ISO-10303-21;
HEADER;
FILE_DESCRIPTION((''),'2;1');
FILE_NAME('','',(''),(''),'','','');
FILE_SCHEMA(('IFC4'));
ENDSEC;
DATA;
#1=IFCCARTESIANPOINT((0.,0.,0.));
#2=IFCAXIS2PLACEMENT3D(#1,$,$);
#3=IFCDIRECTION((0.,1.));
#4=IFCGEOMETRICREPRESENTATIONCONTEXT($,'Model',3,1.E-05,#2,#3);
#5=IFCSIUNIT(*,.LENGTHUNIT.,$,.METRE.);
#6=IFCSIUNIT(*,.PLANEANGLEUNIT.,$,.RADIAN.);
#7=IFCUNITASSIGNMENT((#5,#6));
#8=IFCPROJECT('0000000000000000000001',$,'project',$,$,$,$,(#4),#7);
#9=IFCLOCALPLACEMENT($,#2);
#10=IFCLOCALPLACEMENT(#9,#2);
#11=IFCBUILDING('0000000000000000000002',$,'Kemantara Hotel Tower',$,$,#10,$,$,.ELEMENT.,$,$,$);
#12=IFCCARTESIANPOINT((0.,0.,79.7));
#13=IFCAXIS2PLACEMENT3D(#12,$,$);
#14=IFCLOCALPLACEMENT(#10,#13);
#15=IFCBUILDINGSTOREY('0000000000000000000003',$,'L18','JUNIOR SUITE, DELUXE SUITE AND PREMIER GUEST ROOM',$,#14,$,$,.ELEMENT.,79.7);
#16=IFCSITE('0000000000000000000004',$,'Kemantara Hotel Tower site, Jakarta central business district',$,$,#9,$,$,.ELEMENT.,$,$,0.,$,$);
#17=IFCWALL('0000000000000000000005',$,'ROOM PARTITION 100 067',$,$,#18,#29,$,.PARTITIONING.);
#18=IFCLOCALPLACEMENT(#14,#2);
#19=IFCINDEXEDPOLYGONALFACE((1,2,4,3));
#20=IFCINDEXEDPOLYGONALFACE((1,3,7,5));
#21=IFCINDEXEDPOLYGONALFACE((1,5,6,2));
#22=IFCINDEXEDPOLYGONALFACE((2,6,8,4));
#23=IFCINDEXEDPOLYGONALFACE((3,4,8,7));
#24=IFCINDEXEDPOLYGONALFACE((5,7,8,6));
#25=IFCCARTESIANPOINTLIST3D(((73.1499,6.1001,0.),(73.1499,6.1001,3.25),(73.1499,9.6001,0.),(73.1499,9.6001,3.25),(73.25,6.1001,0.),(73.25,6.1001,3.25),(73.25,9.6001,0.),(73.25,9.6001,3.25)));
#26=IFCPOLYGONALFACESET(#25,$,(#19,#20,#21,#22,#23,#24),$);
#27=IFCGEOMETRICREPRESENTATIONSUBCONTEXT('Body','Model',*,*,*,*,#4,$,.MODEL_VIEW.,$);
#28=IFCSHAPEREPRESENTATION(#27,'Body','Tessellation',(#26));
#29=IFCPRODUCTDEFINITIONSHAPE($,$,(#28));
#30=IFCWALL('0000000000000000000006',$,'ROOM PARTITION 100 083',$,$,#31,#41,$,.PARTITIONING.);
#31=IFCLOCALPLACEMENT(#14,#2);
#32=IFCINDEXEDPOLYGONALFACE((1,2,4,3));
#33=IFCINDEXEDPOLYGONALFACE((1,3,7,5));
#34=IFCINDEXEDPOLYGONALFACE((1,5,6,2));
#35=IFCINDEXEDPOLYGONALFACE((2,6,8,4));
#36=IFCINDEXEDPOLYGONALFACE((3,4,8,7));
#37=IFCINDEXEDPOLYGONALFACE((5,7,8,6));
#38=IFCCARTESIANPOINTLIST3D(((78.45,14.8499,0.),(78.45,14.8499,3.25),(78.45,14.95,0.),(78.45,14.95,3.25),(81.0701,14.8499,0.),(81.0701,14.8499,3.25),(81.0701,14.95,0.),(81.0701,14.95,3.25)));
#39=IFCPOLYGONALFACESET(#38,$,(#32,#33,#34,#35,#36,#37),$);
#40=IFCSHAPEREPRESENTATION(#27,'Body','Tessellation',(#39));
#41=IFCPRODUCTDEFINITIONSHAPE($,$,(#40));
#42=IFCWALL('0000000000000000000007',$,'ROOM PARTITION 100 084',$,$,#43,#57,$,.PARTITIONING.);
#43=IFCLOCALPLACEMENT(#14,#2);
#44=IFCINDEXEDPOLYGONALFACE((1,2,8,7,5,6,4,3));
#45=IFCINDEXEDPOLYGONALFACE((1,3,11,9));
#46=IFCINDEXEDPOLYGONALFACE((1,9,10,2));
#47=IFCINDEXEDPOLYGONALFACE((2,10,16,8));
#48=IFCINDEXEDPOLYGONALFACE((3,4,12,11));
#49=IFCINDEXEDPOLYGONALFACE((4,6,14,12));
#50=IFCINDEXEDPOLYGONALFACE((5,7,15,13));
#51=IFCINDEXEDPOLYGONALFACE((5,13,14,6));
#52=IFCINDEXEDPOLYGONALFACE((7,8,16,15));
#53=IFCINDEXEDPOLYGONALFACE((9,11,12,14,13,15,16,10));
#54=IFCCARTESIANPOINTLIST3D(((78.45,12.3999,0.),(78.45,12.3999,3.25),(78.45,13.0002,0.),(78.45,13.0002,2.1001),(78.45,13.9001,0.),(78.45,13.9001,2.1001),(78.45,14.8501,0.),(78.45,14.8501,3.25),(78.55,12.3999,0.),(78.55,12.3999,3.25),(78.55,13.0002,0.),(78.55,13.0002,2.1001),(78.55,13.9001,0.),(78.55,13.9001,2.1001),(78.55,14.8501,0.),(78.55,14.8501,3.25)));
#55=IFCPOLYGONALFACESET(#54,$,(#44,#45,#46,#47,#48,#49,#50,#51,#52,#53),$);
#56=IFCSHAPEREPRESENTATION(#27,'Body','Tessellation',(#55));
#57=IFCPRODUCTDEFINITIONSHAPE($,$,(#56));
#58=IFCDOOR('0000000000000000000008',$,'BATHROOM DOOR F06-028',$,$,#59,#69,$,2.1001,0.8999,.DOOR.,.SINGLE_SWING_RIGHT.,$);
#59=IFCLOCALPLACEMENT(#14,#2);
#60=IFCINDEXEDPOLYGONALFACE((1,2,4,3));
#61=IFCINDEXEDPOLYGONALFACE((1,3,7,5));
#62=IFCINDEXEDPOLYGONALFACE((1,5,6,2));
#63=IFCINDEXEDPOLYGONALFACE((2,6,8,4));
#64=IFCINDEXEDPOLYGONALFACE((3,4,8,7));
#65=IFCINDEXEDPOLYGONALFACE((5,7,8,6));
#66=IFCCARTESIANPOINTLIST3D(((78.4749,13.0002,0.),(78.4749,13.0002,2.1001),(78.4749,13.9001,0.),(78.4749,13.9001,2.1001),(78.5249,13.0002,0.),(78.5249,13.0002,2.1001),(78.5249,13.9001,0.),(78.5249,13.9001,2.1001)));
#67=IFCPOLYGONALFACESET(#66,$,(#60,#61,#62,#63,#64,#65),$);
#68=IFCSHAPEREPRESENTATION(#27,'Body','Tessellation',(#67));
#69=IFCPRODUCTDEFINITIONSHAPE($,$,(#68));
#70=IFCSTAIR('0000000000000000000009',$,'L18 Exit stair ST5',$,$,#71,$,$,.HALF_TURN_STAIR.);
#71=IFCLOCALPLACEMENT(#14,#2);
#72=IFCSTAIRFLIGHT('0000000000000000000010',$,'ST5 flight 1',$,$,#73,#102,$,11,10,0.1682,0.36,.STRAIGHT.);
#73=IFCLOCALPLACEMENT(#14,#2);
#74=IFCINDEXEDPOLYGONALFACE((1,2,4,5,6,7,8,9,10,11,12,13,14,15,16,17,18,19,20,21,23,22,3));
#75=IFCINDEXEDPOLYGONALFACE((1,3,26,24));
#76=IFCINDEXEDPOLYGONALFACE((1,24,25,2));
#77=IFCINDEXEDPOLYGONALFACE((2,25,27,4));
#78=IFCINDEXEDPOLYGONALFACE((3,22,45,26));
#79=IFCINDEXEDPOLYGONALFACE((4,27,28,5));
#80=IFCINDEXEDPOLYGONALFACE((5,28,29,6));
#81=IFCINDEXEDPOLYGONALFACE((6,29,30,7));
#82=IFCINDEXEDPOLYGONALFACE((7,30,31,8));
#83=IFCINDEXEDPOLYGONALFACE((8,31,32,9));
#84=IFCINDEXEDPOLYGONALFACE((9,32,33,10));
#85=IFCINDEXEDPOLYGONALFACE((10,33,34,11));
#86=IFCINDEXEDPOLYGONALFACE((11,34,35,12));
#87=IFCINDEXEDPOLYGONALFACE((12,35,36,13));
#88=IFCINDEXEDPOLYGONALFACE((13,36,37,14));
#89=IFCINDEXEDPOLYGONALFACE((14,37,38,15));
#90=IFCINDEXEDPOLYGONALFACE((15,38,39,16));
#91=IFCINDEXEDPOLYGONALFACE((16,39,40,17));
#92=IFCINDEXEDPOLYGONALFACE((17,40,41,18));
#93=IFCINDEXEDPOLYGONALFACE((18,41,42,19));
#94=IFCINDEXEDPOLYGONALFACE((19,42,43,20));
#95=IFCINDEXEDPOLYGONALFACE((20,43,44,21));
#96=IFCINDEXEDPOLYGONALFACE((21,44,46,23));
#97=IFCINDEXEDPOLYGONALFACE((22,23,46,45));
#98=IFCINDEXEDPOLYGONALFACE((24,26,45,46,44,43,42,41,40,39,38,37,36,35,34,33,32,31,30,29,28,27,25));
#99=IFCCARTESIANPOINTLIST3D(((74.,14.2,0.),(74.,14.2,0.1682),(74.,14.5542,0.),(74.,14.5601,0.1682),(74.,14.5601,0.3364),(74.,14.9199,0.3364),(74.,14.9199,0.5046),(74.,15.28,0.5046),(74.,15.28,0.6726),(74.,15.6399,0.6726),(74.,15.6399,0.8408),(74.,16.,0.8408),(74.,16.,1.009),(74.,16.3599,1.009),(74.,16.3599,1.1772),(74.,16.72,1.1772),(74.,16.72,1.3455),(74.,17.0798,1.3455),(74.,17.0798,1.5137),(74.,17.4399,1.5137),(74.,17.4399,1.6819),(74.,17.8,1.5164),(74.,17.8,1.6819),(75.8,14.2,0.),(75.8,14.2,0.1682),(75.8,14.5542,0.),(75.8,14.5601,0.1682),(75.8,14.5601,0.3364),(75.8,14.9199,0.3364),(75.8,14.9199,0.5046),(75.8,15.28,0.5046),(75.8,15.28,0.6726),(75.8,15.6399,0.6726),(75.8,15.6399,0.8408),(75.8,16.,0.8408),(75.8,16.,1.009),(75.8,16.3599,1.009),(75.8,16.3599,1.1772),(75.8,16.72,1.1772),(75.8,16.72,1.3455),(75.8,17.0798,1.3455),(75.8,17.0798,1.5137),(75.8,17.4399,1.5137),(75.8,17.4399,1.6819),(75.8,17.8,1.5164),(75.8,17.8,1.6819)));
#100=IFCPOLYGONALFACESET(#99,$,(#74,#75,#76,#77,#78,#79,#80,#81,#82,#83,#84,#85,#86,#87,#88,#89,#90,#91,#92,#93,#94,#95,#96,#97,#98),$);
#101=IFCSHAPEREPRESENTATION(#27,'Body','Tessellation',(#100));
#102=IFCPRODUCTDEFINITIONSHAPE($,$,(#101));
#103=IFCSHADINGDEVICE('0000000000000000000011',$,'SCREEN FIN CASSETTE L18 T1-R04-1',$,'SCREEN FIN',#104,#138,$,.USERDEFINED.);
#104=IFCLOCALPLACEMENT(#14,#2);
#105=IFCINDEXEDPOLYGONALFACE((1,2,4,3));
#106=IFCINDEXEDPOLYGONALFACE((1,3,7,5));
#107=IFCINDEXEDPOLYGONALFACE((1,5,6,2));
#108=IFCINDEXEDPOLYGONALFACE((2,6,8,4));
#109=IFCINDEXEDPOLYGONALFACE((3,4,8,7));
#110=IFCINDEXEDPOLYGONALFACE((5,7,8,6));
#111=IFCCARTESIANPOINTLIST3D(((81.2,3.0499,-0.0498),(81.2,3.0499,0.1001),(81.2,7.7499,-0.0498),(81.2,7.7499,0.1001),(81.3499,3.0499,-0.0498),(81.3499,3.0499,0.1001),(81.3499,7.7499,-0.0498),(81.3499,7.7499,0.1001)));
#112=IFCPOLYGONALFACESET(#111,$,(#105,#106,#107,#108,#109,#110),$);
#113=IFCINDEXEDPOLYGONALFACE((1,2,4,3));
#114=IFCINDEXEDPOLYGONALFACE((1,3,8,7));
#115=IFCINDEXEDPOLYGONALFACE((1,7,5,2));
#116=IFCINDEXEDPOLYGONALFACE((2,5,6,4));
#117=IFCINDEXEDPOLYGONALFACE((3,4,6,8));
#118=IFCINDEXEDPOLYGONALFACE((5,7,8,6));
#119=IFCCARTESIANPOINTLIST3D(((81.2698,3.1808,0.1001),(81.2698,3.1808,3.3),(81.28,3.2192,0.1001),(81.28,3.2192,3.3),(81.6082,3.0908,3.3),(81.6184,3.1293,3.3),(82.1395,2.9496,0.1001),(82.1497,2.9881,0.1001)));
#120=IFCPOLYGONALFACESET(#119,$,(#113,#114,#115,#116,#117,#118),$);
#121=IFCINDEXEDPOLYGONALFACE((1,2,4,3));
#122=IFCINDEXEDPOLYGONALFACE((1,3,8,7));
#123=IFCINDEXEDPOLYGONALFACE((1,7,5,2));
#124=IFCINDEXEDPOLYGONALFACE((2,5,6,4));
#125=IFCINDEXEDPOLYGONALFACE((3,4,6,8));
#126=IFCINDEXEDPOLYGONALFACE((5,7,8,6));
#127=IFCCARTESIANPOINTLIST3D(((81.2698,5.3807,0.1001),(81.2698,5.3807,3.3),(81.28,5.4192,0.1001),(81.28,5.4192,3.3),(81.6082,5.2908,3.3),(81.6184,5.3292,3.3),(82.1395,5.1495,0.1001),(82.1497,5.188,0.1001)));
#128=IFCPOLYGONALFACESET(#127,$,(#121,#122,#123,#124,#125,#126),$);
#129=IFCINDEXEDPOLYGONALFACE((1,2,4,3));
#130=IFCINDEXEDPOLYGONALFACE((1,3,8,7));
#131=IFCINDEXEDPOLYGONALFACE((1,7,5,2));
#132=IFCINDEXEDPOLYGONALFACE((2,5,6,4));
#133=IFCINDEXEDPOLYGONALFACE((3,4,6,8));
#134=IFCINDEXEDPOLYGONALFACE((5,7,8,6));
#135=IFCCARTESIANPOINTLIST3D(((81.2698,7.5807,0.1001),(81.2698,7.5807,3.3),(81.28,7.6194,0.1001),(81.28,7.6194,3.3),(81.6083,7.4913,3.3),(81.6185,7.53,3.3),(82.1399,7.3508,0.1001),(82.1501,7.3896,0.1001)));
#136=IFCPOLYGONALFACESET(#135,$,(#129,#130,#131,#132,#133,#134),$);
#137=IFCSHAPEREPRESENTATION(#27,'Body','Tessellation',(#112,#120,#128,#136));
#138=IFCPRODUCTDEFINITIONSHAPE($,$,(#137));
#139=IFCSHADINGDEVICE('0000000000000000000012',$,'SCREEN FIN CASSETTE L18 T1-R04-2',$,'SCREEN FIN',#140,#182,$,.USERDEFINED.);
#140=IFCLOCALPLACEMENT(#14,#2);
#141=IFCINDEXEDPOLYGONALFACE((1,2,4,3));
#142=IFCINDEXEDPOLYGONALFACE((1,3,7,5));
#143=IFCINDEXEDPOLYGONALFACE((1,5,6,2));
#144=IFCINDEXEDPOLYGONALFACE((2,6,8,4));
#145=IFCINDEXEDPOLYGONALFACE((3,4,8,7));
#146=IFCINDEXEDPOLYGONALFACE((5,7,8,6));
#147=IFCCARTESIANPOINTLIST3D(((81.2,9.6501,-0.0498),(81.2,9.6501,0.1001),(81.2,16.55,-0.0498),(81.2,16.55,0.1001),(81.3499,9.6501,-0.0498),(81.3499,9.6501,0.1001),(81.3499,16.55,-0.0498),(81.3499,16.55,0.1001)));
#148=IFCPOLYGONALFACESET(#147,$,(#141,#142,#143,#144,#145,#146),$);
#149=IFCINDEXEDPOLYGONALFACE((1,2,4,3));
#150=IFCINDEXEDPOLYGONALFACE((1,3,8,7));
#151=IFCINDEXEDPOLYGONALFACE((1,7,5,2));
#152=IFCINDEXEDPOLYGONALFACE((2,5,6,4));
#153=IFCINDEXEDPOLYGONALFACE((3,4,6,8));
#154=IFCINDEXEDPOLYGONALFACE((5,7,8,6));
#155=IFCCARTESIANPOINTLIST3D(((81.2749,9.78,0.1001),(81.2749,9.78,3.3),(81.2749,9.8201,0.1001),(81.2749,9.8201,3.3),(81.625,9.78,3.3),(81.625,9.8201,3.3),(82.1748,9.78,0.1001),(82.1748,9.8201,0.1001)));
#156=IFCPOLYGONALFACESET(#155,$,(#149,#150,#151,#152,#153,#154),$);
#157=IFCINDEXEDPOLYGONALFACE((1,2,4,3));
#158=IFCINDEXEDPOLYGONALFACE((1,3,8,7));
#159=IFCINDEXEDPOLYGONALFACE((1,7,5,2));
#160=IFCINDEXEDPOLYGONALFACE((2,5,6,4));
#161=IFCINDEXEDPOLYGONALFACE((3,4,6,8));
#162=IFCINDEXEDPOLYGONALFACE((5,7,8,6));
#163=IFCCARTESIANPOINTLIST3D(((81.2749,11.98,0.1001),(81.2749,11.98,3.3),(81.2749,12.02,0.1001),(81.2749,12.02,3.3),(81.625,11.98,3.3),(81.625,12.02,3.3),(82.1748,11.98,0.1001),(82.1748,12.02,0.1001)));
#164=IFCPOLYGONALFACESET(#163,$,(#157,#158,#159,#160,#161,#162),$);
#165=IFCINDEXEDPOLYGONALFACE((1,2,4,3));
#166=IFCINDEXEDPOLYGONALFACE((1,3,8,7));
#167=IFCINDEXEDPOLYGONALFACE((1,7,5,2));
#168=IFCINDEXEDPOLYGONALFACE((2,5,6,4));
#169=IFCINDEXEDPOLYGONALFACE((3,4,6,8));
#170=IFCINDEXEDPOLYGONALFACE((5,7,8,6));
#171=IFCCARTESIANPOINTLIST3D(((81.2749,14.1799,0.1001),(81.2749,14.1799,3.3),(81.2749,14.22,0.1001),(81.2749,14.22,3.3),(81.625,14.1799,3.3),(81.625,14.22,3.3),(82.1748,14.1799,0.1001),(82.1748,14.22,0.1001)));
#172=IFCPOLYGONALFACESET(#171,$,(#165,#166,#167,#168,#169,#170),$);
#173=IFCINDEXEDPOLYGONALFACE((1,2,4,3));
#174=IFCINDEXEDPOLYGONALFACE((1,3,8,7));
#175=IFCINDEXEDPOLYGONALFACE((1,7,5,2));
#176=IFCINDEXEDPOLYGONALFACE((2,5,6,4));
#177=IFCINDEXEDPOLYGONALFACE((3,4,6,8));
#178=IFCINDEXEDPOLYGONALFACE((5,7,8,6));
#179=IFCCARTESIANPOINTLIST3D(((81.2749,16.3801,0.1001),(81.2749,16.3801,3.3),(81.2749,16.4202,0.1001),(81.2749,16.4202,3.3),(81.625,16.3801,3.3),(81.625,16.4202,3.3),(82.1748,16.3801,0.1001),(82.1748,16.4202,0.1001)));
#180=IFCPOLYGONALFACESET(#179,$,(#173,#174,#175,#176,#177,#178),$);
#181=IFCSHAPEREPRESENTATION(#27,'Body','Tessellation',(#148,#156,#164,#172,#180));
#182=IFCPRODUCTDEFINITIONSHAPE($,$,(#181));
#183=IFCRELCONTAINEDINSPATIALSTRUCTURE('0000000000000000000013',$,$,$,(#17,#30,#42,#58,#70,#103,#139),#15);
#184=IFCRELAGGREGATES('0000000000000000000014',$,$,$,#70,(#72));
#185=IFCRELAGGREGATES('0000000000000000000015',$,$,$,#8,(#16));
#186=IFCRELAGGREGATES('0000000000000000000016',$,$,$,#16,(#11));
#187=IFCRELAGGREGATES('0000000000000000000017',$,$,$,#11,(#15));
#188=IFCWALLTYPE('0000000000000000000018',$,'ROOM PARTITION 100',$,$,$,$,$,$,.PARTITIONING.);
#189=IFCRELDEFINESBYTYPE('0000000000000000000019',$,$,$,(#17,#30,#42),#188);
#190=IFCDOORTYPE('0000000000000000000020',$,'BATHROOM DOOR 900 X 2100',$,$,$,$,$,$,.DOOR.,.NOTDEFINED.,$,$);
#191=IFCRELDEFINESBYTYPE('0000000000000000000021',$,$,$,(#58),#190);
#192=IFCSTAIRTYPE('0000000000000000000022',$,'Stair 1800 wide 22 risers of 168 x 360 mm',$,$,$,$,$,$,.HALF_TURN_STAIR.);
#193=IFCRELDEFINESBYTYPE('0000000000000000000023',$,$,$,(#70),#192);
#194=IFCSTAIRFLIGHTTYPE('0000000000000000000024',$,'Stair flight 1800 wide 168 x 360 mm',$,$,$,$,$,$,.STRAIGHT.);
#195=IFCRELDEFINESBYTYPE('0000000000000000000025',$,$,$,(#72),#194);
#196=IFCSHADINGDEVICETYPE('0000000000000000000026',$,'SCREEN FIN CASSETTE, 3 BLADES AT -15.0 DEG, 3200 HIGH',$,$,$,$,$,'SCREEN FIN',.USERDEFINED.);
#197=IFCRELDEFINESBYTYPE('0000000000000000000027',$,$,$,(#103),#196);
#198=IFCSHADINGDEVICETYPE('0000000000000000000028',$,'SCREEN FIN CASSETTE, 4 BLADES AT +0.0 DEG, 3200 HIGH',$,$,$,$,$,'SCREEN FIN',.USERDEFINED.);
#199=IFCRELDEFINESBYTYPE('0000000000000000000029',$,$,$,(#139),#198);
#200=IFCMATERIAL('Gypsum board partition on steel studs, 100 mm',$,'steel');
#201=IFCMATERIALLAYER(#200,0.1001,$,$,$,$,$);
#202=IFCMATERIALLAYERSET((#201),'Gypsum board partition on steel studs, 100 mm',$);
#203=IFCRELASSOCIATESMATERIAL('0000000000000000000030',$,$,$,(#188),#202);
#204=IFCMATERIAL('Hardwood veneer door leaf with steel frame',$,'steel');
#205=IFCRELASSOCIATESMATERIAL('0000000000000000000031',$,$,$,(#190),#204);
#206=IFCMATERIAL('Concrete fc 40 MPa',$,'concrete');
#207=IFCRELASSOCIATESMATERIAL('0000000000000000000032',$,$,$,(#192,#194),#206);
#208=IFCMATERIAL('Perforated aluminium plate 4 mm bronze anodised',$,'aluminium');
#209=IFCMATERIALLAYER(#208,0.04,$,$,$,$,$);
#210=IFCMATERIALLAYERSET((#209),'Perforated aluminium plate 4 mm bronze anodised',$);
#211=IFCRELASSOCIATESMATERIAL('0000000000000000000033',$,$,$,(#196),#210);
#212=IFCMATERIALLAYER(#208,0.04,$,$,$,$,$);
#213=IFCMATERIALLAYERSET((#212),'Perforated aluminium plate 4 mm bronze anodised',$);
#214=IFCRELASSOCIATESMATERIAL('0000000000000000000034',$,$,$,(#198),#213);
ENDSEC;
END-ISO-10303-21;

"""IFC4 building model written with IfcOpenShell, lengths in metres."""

from ifc_helpers import new_model, si_unit, direction, frame, frame_2d, origin, origin_2d, place, context, subcontext, project, spatial, polyline, rectangle, outline, extrude, source, transform, mapped, material, layer, layer_set, type_object, element, fill, aggregate, save


model = new_model("IFC4")

# Units and contexts
model_context = context("Model", 3, precision=1e-05, world=origin(), true_north=direction((0.0, 1.0)))
body_context = subcontext(model_context, "Body", "Model", "MODEL_VIEW")
ifc_project = project(units=[si_unit("LENGTHUNIT", "METRE"), si_unit("PLANEANGLEUNIT", "RADIAN")], contexts=[model_context])

# Site, building, storey
site_placement = place(None, origin())
site = spatial("IfcSite", under=ifc_project, at=site_placement, Name="Kemantara Hotel Tower site, Jakarta central business district", CompositionType="ELEMENT", RefElevation=0.0)
building_placement = place(site_placement, origin())
building = spatial("IfcBuilding", under=site, at=building_placement, Name="Kemantara Hotel Tower", CompositionType="ELEMENT")
storey_placement = place(building_placement, frame((0.0, 0.0, 79.7)))
storey = spatial("IfcBuildingStorey", under=building, at=storey_placement, Name="L18", Description="JUNIOR SUITE, DELUXE SUITE AND PREMIER GUEST ROOM", CompositionType="ELEMENT", Elevation=79.7)

# Shared definitions
ifc_material_1 = material(Name="Hardwood veneer door leaf with steel frame", Category="steel")
ifc_material_2 = material(Name="Concrete fc 40 MPa", Category="concrete")

# Shared definitions
ifc_material_3 = material(Name="Gypsum board partition on steel studs, 100 mm", Category="steel")
ifc_layer_1 = layer(ifc_material_3, 0.1001)
ifc_layer_set_1 = layer_set([ifc_layer_1], Name="Gypsum board partition on steel studs, 100 mm")
wall_type_1 = type_object("IfcWallType", Name="ROOM PARTITION 100", PredefinedType="PARTITIONING", material=ifc_layer_set_1)

# Walls
wall_1_placement = place(storey_placement, frame((73.2, 6.1001, 0.0), z_axis=(0.0, 0.0, 1.0), x_axis=(0.0, 1.0, 0.0)))
element("IfcWall", 1, at=wall_1_placement, inside=storey, type_object=wall_type_1, Name="ROOM PARTITION 100 067", PredefinedType="PARTITIONING", context=body_context, shape_type="SweptSolid", body=[
    extrude(rectangle(XDim=3.5, YDim=0.1001, at=frame_2d((1.75, 0.0))), origin(), (0.0, 0.0, 1.0), 3.25),
])
wall_2_placement = place(storey_placement, frame((78.45, 14.8999, 0.0), z_axis=(0.0, 0.0, 1.0), x_axis=(1.0, 0.0, 0.0)))
element("IfcWall", 2, at=wall_2_placement, inside=storey, type_object=wall_type_1, Name="ROOM PARTITION 100 083", PredefinedType="PARTITIONING", context=body_context, shape_type="SweptSolid", body=[
    extrude(rectangle(XDim=2.6201, YDim=0.1001, at=frame_2d((1.3101, 0.0))), origin(), (0.0, 0.0, 1.0), 3.25),
])

# Wall, opening, door
wall_3_placement = place(storey_placement, frame((78.5, 14.8501, 0.0), z_axis=(0.0, 0.0, 1.0), x_axis=(0.0, -1.0, 0.0)))
wall_3 = element("IfcWall", 3, at=wall_3_placement, inside=storey, type_object=wall_type_1, Name="ROOM PARTITION 100 084", PredefinedType="PARTITIONING", context=body_context, shape_type="SweptSolid", body=[
    extrude(rectangle(XDim=2.4502, YDim=0.1001, at=frame_2d((1.2251, 0.0))), origin(), (0.0, 0.0, 1.0), 3.25),
])
opening_1_placement = place(wall_3_placement, frame((0.95, 0.0, 0.0)))
opening_1 = element("IfcOpeningElement", 4, at=opening_1_placement, cuts=wall_3, PredefinedType="OPENING", context=body_context, shape_type="SweptSolid", body=[
    extrude(rectangle(XDim=0.8999, YDim=2.1001, at=frame_2d((0.45, 1.05))), frame((0.0, 0.0601, 0.0), z_axis=(0.0, -1.0, 0.0), x_axis=(1.0, 0.0, 0.0)), (0.0, 0.0, 1.0), 0.1201),
])
door_type_1 = type_object("IfcDoorType", Name="BATHROOM DOOR 900 X 2100", OperationType="NOTDEFINED", PredefinedType="DOOR", material=ifc_material_1)
door_1_placement = place(opening_1_placement, origin())
door_1 = element("IfcDoor", 5, at=door_1_placement, inside=storey, type_object=door_type_1, Name="BATHROOM DOOR F06-028", OperationType="SINGLE_SWING_RIGHT", OverallHeight=2.1001, OverallWidth=0.8999, PredefinedType="DOOR", context=body_context, shape_type="SweptSolid", body=[
    extrude(rectangle(XDim=0.8999, YDim=2.1001, at=frame_2d((0.45, 1.05))), frame((0.0, 0.0249, 0.0), z_axis=(0.0, -1.0, 0.0), x_axis=(1.0, 0.0, 0.0)), (0.0, 0.0, 1.0), 0.05),
])
fill(opening_1, door_1)

# Stair, stair flight
stair_type = type_object("IfcStairType", Name="Stair 1800 wide 22 risers of 168 x 360 mm", PredefinedType="HALF_TURN_STAIR", material=ifc_material_2)
stair_placement = place(storey_placement, origin())
stair = element("IfcStair", 6, at=stair_placement, inside=storey, type_object=stair_type, Name="L18 Exit stair ST5", PredefinedType="HALF_TURN_STAIR")
stair_flight_type = type_object("IfcStairFlightType", Name="Stair flight 1800 wide 168 x 360 mm", PredefinedType="STRAIGHT", material=ifc_material_2)
stair_flight_placement = place(storey_placement, frame((74.8999, 14.2, 0.0), z_axis=(0.0, 0.0, 1.0), x_axis=(0.0, 1.0, 0.0)))
stair_flight = element("IfcStairFlight", 7, at=stair_flight_placement, type_object=stair_flight_type, Name="ST5 flight 1", NumberOfRisers=11, NumberOfTreads=10, PredefinedType="STRAIGHT", RiserHeight=0.1682, TreadLength=0.36, context=body_context, shape_type="SweptSolid", body=[
    extrude(outline(polyline([(0.0, 0.0), (0.0, 0.1682), (0.3601, 0.1682), (0.3601, 0.3364), (0.72, 0.3364), (0.72, 0.5046), (1.0801, 0.5046), (1.0801, 0.6726), (1.4399, 0.6726), (1.4399, 0.8408), (1.8, 0.8408), (1.8, 1.009), (2.1599, 1.009), (2.1599, 1.1772), (2.52, 1.1772), (2.52, 1.3455), (2.8799, 1.3455), (2.8799, 1.5137), (3.24, 1.5137), (3.24, 1.6819), (3.6001, 1.6819), (3.6001, 1.8501), (3.6001, 1.5164), (0.3542, 0.0), (0.0, 0.0)])), frame((0.0, 0.8999, 0.0), z_axis=(0.0, -1.0, 0.0), x_axis=(1.0, 0.0, 0.0)), (0.0, 0.0, 1.0), 1.8),
])
aggregate(stair, [stair_flight])

# Shading devices
ifc_material_4 = material(Name="Perforated aluminium plate 4 mm bronze anodised", Category="aluminium")
ifc_layer_2 = layer(ifc_material_4, 0.04)
ifc_layer_set_2 = layer_set([ifc_layer_2], Name="Perforated aluminium plate 4 mm bronze anodised")
shading_device_type_1 = type_object("IfcShadingDeviceType", Name="SCREEN FIN CASSETTE, 3 BLADES AT -15.0 DEG, 3200 HIGH", ElementType="SCREEN FIN", PredefinedType="USERDEFINED", material=ifc_layer_set_2)
shared_shape_1 = source(origin(), body_context, "Body", "SweptSolid", [
    extrude(rectangle(XDim=4.7, YDim=0.1499, at=origin_2d()), frame((2.2, -0.075, -0.1499), z_axis=(0.0, 0.0, 1.0), x_axis=(1.0, 0.0, 0.0)), (0.0, 0.0, 1.0), 0.1499),
    extrude(outline(polyline([(0.0, 0.0), (0.8999, 0.0), (0.3501, 3.2), (0.0, 3.2), (0.0, 0.0)])), frame((0.0193, -0.0801, 0.0), z_axis=(-0.966438, 0.256901, 0.0), x_axis=(-0.256901, -0.966438, 0.0)), (0.0, 0.0, 1.0), 0.0398),
    extrude(outline(polyline([(0.0, 0.0), (0.8999, 0.0), (0.3501, 3.2), (0.0, 3.2), (0.0, 0.0)])), frame((2.2192, -0.0801, 0.0), z_axis=(-0.966438, 0.256901, 0.0), x_axis=(-0.256901, -0.966438, 0.0)), (0.0, 0.0, 1.0), 0.0398),
    extrude(outline(polyline([(0.0, 0.0), (0.8999, 0.0), (0.3501, 3.2), (0.0, 3.2), (0.0, 0.0)])), frame((4.4194, -0.0801, 0.0), z_axis=(-0.966838, 0.255391, 0.0), x_axis=(-0.255391, -0.966838, 0.0)), (0.0, 0.0, 1.0), 0.04),
])
shading_device_1_placement = place(storey_placement, frame((81.2, 3.2, 0.1001), z_axis=(0.0, 0.0, 1.0), x_axis=(0.0, 1.0, 0.0)))
element("IfcShadingDevice", 8, at=shading_device_1_placement, inside=storey, type_object=shading_device_type_1, Name="SCREEN FIN CASSETTE L18 T1-R04-1", ObjectType="SCREEN FIN", PredefinedType="USERDEFINED", context=body_context, shape_type="MappedRepresentation", body=[
    mapped(shared_shape_1, transform((0.0, 0.0, 0.0))),
])
ifc_layer_3 = layer(ifc_material_4, 0.04)
ifc_layer_set_3 = layer_set([ifc_layer_3], Name="Perforated aluminium plate 4 mm bronze anodised")
shading_device_type_2 = type_object("IfcShadingDeviceType", Name="SCREEN FIN CASSETTE, 4 BLADES AT +0.0 DEG, 3200 HIGH", ElementType="SCREEN FIN", PredefinedType="USERDEFINED", material=ifc_layer_set_3)
shared_shape_2 = source(origin(), body_context, "Body", "SweptSolid", [
    extrude(rectangle(XDim=6.8999, YDim=0.1499, at=origin_2d()), frame((3.3, -0.075, -0.1499), z_axis=(0.0, 0.0, 1.0), x_axis=(1.0, 0.0, 0.0)), (0.0, 0.0, 1.0), 0.1499),
    extrude(outline(polyline([(0.0, 0.0), (0.8999, 0.0), (0.3501, 3.2), (0.0, 3.2), (0.0, 0.0)])), frame((0.02, -0.075, 0.0), z_axis=(-1.0, 0.0, 0.0), x_axis=(0.0, -1.0, 0.0)), (0.0, 0.0, 1.0), 0.04),
    extrude(outline(polyline([(0.0, 0.0), (0.8999, 0.0), (0.3501, 3.2), (0.0, 3.2), (0.0, 0.0)])), frame((2.22, -0.075, 0.0), z_axis=(-1.0, 0.0, 0.0), x_axis=(0.0, -1.0, 0.0)), (0.0, 0.0, 1.0), 0.04),
    extrude(outline(polyline([(0.0, 0.0), (0.8999, 0.0), (0.3501, 3.2), (0.0, 3.2), (0.0, 0.0)])), frame((4.4199, -0.075, 0.0), z_axis=(-1.0, 0.0, 0.0), x_axis=(0.0, -1.0, 0.0)), (0.0, 0.0, 1.0), 0.04),
    extrude(outline(polyline([(0.0, 0.0), (0.8999, 0.0), (0.3501, 3.2), (0.0, 3.2), (0.0, 0.0)])), frame((6.6201, -0.075, 0.0), z_axis=(-1.0, 0.0, 0.0), x_axis=(0.0, -1.0, 0.0)), (0.0, 0.0, 1.0), 0.04),
])
shading_device_2_placement = place(storey_placement, frame((81.2, 9.8, 0.1001), z_axis=(0.0, 0.0, 1.0), x_axis=(0.0, 1.0, 0.0)))
element("IfcShadingDevice", 9, at=shading_device_2_placement, inside=storey, type_object=shading_device_type_2, Name="SCREEN FIN CASSETTE L18 T1-R04-2", ObjectType="SCREEN FIN", PredefinedType="USERDEFINED", context=body_context, shape_type="MappedRepresentation", body=[
    mapped(shared_shape_2, transform((0.0, 0.0, 0.0))),
])

save(model, "model.ifc")
